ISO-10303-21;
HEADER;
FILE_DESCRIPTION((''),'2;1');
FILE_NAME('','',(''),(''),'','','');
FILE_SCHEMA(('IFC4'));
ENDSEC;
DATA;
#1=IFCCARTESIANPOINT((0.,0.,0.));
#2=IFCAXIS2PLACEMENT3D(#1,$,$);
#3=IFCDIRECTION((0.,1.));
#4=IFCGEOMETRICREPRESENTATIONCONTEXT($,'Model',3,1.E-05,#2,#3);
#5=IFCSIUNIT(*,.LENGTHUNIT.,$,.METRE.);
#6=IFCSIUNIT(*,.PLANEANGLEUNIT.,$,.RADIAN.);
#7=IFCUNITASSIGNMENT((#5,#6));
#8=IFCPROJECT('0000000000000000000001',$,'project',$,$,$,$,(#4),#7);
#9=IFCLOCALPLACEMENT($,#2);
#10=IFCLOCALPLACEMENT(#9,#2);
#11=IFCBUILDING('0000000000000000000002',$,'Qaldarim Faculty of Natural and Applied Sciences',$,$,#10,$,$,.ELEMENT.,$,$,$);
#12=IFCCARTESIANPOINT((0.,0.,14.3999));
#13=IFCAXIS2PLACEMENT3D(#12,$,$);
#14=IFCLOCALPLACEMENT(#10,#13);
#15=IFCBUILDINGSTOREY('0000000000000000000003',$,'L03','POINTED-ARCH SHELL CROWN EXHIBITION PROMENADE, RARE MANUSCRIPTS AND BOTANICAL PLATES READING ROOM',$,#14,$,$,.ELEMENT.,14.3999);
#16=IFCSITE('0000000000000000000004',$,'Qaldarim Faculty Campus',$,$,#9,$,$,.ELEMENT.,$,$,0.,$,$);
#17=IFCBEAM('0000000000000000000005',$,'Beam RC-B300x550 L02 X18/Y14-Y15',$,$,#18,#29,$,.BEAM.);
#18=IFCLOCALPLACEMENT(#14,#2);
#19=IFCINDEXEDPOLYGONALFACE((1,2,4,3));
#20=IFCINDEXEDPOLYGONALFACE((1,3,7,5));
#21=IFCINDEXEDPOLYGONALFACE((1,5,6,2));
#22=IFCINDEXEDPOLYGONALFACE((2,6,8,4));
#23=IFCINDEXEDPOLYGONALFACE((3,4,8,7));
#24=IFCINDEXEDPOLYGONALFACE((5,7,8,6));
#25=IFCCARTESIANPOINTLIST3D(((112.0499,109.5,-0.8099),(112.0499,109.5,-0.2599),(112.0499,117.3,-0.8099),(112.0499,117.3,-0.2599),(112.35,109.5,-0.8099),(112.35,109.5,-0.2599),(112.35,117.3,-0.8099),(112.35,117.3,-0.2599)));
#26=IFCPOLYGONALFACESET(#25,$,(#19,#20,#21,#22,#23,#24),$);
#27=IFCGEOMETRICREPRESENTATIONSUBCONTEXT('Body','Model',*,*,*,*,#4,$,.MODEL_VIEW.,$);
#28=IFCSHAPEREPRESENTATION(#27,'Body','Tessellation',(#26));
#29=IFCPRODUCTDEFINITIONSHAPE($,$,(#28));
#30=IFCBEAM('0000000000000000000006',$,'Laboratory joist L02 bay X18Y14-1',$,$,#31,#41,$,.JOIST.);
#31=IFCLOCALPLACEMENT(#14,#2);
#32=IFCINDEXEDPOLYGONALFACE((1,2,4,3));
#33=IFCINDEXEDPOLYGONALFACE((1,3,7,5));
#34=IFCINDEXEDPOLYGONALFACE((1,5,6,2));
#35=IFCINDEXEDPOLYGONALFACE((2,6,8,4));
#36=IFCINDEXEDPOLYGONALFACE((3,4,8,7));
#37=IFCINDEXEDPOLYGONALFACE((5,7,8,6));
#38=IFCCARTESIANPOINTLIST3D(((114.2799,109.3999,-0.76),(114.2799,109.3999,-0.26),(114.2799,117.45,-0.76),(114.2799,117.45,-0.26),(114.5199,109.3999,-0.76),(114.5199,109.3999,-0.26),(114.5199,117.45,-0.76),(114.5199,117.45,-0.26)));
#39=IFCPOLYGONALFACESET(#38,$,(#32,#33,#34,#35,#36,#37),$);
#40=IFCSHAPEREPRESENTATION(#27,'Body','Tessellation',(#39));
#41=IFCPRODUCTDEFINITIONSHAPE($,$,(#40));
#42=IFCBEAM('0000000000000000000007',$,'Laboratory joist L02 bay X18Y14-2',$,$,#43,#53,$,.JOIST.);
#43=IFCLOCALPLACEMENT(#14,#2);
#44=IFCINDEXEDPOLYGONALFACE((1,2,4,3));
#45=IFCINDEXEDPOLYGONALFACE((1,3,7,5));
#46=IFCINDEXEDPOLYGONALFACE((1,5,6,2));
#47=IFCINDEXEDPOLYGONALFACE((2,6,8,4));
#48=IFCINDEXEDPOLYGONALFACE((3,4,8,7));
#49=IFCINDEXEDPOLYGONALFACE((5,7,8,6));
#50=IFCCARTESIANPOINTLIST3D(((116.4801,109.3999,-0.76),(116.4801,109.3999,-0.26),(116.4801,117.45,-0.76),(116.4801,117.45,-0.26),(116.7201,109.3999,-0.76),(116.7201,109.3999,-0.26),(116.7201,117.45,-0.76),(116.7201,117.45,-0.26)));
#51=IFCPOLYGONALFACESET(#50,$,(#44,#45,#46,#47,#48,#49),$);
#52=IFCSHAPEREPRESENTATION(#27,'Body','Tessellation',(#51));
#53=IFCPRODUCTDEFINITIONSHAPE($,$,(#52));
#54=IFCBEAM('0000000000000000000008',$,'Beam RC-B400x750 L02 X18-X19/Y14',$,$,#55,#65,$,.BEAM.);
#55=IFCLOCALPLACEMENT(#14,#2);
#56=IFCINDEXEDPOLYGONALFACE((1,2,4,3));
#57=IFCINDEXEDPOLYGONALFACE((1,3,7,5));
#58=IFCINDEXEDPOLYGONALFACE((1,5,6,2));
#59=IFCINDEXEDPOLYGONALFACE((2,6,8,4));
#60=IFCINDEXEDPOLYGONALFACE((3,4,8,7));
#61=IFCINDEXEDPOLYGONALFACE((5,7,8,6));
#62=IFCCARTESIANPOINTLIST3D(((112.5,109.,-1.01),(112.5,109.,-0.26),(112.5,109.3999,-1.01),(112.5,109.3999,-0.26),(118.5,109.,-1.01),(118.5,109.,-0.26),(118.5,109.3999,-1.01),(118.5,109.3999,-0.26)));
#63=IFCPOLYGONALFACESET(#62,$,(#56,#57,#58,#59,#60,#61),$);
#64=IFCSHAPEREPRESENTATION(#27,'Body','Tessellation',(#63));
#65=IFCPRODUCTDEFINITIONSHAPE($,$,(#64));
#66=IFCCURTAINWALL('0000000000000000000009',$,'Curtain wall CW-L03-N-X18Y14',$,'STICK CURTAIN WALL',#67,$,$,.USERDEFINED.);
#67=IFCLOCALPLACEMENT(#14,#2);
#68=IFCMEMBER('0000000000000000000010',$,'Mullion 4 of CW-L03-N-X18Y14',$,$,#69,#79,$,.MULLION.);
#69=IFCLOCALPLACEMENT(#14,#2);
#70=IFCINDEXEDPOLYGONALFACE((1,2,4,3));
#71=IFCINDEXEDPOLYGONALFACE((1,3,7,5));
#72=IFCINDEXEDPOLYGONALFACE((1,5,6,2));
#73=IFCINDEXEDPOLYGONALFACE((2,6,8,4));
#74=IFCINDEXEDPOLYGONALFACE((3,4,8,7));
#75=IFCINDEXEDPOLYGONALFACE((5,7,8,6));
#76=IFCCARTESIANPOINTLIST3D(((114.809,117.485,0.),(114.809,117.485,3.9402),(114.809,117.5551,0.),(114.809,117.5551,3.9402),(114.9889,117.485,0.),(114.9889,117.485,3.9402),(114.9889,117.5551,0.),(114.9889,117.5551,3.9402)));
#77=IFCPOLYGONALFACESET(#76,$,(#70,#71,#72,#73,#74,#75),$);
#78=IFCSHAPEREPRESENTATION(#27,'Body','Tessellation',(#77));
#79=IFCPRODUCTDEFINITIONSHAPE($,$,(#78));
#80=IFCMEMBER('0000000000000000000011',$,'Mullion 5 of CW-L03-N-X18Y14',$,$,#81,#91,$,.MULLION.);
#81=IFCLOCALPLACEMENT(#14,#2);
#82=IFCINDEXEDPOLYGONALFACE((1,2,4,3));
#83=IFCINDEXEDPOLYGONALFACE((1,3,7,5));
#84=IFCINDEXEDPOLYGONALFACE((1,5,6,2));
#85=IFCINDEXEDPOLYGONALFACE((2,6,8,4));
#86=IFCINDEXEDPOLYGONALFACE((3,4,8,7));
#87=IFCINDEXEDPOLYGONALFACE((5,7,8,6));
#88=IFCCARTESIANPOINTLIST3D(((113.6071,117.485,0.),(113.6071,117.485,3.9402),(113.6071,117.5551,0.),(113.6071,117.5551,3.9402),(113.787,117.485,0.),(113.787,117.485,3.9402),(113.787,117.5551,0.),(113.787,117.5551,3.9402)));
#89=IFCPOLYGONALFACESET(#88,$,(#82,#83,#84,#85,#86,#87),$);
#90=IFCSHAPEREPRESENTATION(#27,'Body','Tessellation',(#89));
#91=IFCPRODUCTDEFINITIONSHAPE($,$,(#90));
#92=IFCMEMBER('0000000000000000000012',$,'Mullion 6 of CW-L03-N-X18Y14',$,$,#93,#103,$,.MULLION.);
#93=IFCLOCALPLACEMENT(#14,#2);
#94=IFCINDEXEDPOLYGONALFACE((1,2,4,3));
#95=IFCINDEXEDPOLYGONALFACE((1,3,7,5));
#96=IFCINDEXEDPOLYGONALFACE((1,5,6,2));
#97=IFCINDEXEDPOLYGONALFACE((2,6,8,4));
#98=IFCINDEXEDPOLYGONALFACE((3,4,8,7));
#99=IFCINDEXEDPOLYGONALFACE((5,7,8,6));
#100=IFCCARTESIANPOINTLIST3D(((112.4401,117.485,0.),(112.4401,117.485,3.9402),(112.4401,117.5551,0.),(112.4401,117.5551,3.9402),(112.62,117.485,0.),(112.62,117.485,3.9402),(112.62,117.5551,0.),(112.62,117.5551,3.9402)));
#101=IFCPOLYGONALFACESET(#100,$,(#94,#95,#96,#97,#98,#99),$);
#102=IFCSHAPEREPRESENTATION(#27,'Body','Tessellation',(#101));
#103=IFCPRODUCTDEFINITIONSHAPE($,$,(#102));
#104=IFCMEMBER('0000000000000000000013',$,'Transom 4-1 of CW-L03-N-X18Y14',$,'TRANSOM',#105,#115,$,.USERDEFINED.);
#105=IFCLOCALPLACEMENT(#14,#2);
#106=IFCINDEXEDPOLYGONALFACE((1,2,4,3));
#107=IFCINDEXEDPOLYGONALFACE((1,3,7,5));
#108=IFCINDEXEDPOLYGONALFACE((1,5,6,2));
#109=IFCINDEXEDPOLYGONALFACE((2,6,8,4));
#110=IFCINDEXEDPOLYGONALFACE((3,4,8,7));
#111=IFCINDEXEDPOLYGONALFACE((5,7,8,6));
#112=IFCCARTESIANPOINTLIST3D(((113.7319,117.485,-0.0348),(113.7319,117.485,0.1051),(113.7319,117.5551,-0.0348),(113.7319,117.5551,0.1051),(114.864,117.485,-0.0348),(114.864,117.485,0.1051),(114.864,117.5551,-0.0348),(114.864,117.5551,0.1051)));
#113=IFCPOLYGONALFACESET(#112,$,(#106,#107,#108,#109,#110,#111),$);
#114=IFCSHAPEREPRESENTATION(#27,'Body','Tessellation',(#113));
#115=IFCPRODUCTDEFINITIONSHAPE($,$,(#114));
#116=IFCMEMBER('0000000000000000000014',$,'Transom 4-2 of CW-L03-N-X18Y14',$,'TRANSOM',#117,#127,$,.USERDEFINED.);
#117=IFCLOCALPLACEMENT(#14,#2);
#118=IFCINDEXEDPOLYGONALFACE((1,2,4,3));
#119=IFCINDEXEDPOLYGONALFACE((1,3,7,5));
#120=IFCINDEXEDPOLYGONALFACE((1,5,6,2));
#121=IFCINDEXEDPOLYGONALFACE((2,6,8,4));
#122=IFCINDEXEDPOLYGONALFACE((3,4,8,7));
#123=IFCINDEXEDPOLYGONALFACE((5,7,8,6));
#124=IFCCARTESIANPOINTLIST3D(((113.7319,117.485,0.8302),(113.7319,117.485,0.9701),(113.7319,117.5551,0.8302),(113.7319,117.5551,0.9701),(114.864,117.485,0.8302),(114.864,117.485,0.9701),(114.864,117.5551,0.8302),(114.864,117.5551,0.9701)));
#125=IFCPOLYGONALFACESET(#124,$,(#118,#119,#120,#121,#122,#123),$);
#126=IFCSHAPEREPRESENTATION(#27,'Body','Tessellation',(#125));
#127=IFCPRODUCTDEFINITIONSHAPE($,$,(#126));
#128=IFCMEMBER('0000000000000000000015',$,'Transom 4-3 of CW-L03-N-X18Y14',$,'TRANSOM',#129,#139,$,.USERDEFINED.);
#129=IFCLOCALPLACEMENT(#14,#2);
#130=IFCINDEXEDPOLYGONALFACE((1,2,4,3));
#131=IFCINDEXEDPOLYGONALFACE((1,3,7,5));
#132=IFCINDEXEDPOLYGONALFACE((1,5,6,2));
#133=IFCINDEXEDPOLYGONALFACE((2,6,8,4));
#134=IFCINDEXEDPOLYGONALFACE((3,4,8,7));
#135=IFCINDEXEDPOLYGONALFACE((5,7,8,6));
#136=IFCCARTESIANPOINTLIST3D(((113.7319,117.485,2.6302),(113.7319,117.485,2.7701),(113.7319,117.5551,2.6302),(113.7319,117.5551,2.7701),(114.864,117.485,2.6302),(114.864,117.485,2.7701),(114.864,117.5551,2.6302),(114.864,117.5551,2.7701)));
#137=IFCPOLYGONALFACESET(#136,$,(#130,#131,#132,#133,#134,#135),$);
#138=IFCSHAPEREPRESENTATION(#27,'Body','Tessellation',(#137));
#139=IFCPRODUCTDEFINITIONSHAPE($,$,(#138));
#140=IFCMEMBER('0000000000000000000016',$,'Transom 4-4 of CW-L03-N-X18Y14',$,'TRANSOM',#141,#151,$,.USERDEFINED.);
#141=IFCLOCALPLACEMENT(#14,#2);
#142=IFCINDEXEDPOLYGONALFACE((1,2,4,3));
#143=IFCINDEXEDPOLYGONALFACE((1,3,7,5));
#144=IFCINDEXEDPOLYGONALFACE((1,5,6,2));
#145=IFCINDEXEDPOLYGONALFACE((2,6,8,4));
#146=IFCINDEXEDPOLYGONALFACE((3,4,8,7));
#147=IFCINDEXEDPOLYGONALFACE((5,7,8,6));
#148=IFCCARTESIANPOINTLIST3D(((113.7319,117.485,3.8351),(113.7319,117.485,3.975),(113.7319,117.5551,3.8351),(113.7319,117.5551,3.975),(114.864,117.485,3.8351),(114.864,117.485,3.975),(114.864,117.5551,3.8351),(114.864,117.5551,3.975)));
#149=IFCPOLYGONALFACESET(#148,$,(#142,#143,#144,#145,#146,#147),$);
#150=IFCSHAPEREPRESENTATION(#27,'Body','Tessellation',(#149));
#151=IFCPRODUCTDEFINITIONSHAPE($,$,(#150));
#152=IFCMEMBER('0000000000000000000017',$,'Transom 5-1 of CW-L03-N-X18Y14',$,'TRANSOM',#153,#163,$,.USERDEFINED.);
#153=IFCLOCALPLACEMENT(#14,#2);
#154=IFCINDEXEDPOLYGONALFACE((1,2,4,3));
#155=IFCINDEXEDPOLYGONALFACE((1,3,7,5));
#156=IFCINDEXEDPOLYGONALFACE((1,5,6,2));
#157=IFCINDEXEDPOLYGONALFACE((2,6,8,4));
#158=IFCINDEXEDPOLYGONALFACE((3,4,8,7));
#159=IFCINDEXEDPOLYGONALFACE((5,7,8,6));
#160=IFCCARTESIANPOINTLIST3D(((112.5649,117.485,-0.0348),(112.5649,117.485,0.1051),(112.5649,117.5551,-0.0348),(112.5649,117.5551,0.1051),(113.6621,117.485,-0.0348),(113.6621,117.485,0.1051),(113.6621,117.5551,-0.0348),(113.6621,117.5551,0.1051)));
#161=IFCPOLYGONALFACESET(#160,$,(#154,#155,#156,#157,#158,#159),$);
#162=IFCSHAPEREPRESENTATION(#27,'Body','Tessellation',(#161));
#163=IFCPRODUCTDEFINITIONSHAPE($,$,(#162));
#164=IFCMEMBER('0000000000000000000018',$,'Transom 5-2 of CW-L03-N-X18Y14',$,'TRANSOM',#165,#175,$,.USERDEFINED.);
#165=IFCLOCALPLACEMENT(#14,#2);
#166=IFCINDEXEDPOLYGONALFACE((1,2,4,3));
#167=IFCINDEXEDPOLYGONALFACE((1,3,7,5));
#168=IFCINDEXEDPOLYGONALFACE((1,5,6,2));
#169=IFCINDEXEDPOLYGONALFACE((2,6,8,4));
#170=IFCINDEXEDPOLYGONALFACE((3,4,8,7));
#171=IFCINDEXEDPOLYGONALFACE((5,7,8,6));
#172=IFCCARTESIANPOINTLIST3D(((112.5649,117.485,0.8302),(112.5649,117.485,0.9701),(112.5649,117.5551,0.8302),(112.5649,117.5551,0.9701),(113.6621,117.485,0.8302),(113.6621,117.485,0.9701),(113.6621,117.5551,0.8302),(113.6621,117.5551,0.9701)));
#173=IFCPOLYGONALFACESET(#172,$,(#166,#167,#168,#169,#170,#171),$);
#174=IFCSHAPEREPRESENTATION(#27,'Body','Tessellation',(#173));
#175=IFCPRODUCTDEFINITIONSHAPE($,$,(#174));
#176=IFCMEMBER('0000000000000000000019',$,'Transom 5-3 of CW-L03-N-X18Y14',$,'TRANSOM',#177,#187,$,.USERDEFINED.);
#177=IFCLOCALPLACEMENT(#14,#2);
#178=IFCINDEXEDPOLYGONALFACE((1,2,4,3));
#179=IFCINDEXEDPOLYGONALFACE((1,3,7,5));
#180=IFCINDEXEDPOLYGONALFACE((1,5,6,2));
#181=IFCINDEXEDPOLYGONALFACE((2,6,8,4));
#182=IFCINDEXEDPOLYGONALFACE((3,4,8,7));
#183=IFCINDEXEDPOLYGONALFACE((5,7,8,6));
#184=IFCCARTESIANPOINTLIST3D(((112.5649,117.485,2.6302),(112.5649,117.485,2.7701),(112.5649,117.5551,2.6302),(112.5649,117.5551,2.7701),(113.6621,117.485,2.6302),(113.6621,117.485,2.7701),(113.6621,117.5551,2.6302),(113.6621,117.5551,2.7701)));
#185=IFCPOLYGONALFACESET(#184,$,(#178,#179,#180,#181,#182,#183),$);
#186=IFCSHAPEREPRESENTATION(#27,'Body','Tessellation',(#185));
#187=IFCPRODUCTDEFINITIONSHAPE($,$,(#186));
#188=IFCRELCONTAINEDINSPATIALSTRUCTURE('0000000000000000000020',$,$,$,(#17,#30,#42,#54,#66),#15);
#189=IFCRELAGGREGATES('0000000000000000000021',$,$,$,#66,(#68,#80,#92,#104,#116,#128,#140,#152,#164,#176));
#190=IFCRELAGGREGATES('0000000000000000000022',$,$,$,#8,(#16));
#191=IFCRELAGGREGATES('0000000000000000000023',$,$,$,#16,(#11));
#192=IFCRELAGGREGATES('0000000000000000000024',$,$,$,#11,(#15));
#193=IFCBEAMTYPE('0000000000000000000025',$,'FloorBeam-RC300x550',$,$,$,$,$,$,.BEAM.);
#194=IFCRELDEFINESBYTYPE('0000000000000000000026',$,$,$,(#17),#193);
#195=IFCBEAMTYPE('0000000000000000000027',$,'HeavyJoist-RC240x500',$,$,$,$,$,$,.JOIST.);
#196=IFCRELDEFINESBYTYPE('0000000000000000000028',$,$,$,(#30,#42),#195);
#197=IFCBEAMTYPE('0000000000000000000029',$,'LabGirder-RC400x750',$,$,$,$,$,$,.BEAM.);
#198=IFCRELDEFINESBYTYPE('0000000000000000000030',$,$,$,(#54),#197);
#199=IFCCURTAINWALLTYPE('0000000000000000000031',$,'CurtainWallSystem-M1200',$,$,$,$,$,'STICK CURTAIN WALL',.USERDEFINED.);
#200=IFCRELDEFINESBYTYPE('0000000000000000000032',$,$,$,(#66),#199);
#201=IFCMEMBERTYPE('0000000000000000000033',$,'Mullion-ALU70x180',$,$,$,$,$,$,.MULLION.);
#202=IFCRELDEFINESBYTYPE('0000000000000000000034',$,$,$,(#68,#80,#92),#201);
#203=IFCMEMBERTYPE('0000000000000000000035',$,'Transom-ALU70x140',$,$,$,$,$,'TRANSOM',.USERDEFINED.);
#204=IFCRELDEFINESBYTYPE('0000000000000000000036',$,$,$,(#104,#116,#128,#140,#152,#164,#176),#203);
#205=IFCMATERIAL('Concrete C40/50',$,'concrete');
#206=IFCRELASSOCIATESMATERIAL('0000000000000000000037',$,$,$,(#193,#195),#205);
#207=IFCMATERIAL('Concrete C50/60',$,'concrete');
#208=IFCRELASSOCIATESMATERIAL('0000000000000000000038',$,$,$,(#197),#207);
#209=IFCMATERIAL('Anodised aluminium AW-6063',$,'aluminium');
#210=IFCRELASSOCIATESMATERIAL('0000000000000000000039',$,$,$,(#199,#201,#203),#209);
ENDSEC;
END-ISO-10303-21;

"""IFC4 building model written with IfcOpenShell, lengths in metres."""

from ifc_helpers import new_model, si_unit, direction, frame, origin, origin_2d, place, context, subcontext, project, spatial, rectangle, extrude, material, material_profile, profile_set, type_object, element, aggregate, save


model = new_model("IFC4")

# Units and contexts
model_context = context("Model", 3, precision=1e-05, world=origin(), true_north=direction((0.0, 1.0)))
body_context = subcontext(model_context, "Body", "Model", "MODEL_VIEW")
ifc_project = project(units=[si_unit("LENGTHUNIT", "METRE"), si_unit("PLANEANGLEUNIT", "RADIAN")], contexts=[model_context])

# Site, building, storey
site_placement = place(None, origin())
site = spatial("IfcSite", under=ifc_project, at=site_placement, Name="Qaldarim Faculty Campus", CompositionType="ELEMENT", RefElevation=0.0)
building_placement = place(site_placement, origin())
building = spatial("IfcBuilding", under=site, at=building_placement, Name="Qaldarim Faculty of Natural and Applied Sciences", CompositionType="ELEMENT")
storey_placement = place(building_placement, frame((0.0, 0.0, 14.3999)))
storey = spatial("IfcBuildingStorey", under=building, at=storey_placement, Name="L03", Description="POINTED-ARCH SHELL CROWN EXHIBITION PROMENADE, RARE MANUSCRIPTS AND BOTANICAL PLATES READING ROOM", CompositionType="ELEMENT", Elevation=14.3999)

# Beams
ifc_material_1 = material(Name="Concrete C40/50", Category="concrete")
ifc_material_profile_1 = material_profile(ifc_material_1, rectangle(XDim=0.3, YDim=0.55, at=origin_2d()), Name="RC-B300x550")
ifc_profile_set_1 = profile_set([ifc_material_profile_1], Name="Concrete C40/50")
beam_type_1 = type_object("IfcBeamType", Name="FloorBeam-RC300x550", PredefinedType="BEAM", material=ifc_profile_set_1)
beam_1_placement = place(storey_placement, frame((112.2, 109.5, -0.5349), z_axis=(0.0, 1.0, 0.0), x_axis=(-1.0, 0.0, 0.0)))
element("IfcBeam", 1, at=beam_1_placement, inside=storey, type_object=beam_type_1, Name="Beam RC-B300x550 L02 X18/Y14-Y15", PredefinedType="BEAM", context=body_context, shape_type="SweptSolid", body=[
    extrude(rectangle(XDim=0.3, YDim=0.55, at=origin_2d()), origin(), (0.0, 0.0, 1.0), 7.8),
])
ifc_material_profile_2 = material_profile(ifc_material_1, rectangle(XDim=0.24, YDim=0.5, at=origin_2d()), Name="RC-J240x500")
ifc_profile_set_2 = profile_set([ifc_material_profile_2], Name="Concrete C40/50")
beam_type_2 = type_object("IfcBeamType", Name="HeavyJoist-RC240x500", PredefinedType="JOIST", material=ifc_profile_set_2)
for number, where, z_axis, x_axis, name in (
    (2, (114.3999, 109.3999, -0.51), (0.0, 1.0, 0.0), (-1.0, 0.0, 0.0), "Laboratory joist L02 bay X18Y14-1"),
    (3, (116.6001, 109.3999, -0.51), (0.0, 1.0, 0.0), (-1.0, 0.0, 0.0), "Laboratory joist L02 bay X18Y14-2"),
):
    element("IfcBeam", number, at=place(storey_placement, frame(where, z_axis=z_axis, x_axis=x_axis)), inside=storey, type_object=beam_type_2, Name=name, PredefinedType="JOIST", context=body_context, shape_type="SweptSolid", body=[
        extrude(rectangle(XDim=0.24, YDim=0.5, at=origin_2d()), origin(), (0.0, 0.0, 1.0), 8.05),
    ])
ifc_material_2 = material(Name="Concrete C50/60", Category="concrete")
ifc_material_profile_3 = material_profile(ifc_material_2, rectangle(XDim=0.3999, YDim=0.75, at=origin_2d()), Name="RC-B400x750")
ifc_profile_set_3 = profile_set([ifc_material_profile_3], Name="Concrete C50/60")
beam_type_3 = type_object("IfcBeamType", Name="LabGirder-RC400x750", PredefinedType="BEAM", material=ifc_profile_set_3)
beam_2_placement = place(storey_placement, frame((112.5, 109.2, -0.635), z_axis=(1.0, 0.0, 0.0), x_axis=(0.0, 1.0, 0.0)))
element("IfcBeam", 4, at=beam_2_placement, inside=storey, type_object=beam_type_3, Name="Beam RC-B400x750 L02 X18-X19/Y14", PredefinedType="BEAM", context=body_context, shape_type="SweptSolid", body=[
    extrude(rectangle(XDim=0.3999, YDim=0.75, at=origin_2d()), origin(), (0.0, 0.0, 1.0), 6.0),
])

# Curtain wall, members
ifc_material_3 = material(Name="Anodised aluminium AW-6063", Category="aluminium")
curtain_wall_type = type_object("IfcCurtainWallType", Name="CurtainWallSystem-M1200", ElementType="STICK CURTAIN WALL", PredefinedType="USERDEFINED", material=ifc_material_3)
curtain_wall_placement = place(storey_placement, origin())
curtain_wall = element("IfcCurtainWall", 5, at=curtain_wall_placement, inside=storey, type_object=curtain_wall_type, Name="Curtain wall CW-L03-N-X18Y14", ObjectType="STICK CURTAIN WALL", PredefinedType="USERDEFINED")
ifc_material_profile_4 = material_profile(ifc_material_3, rectangle(XDim=0.0701, YDim=0.1799, at=origin_2d()), Name="ALU-M70x180")
ifc_profile_set_4 = profile_set([ifc_material_profile_4], Name="Anodised aluminium AW-6063")
member_type_1 = type_object("IfcMemberType", Name="Mullion-ALU70x180", PredefinedType="MULLION", material=ifc_profile_set_4)
member_1_placement = place(storey_placement, frame((114.8989, 117.52, 0.0), z_axis=(0.0, 0.0, 1.0), x_axis=(0.0, -1.0, 0.0)))
member_1 = element("IfcMember", 6, at=member_1_placement, type_object=member_type_1, Name="Mullion 4 of CW-L03-N-X18Y14", PredefinedType="MULLION", context=body_context, shape_type="SweptSolid", body=[
    extrude(rectangle(XDim=0.0701, YDim=0.1799, at=origin_2d()), origin(), (0.0, 0.0, 1.0), 3.9402),
])
member_2_placement = place(storey_placement, frame((113.697, 117.52, 0.0), z_axis=(0.0, 0.0, 1.0), x_axis=(0.0, -1.0, 0.0)))
member_2 = element("IfcMember", 7, at=member_2_placement, type_object=member_type_1, Name="Mullion 5 of CW-L03-N-X18Y14", PredefinedType="MULLION", context=body_context, shape_type="SweptSolid", body=[
    extrude(rectangle(XDim=0.0701, YDim=0.1799, at=origin_2d()), origin(), (0.0, 0.0, 1.0), 3.9402),
])
member_3_placement = place(storey_placement, frame((112.53, 117.52, 0.0), z_axis=(0.0, 0.0, 1.0), x_axis=(0.0, -1.0, 0.0)))
member_3 = element("IfcMember", 8, at=member_3_placement, type_object=member_type_1, Name="Mullion 6 of CW-L03-N-X18Y14", PredefinedType="MULLION", context=body_context, shape_type="SweptSolid", body=[
    extrude(rectangle(XDim=0.0701, YDim=0.1799, at=origin_2d()), origin(), (0.0, 0.0, 1.0), 3.9402),
])
ifc_material_profile_5 = material_profile(ifc_material_3, rectangle(XDim=0.0701, YDim=0.1399, at=origin_2d()), Name="ALU-T70x140")
ifc_profile_set_5 = profile_set([ifc_material_profile_5], Name="Anodised aluminium AW-6063")
member_type_2 = type_object("IfcMemberType", Name="Transom-ALU70x140", ElementType="TRANSOM", PredefinedType="USERDEFINED", material=ifc_profile_set_5)
member_4_placement = place(storey_placement, frame((114.864, 117.52, 0.0352), z_axis=(-1.0, 0.0, 0.0), x_axis=(0.0, -1.0, 0.0)))
member_4 = element("IfcMember", 9, at=member_4_placement, type_object=member_type_2, Name="Transom 4-1 of CW-L03-N-X18Y14", ObjectType="TRANSOM", PredefinedType="USERDEFINED", context=body_context, shape_type="SweptSolid", body=[
    extrude(rectangle(XDim=0.0701, YDim=0.1399, at=origin_2d()), origin(), (0.0, 0.0, 1.0), 1.1321),
])
member_5_placement = place(storey_placement, frame((114.864, 117.52, 0.9001), z_axis=(-1.0, 0.0, 0.0), x_axis=(0.0, -1.0, 0.0)))
member_5 = element("IfcMember", 10, at=member_5_placement, type_object=member_type_2, Name="Transom 4-2 of CW-L03-N-X18Y14", ObjectType="TRANSOM", PredefinedType="USERDEFINED", context=body_context, shape_type="SweptSolid", body=[
    extrude(rectangle(XDim=0.0701, YDim=0.1399, at=origin_2d()), origin(), (0.0, 0.0, 1.0), 1.1321),
])
member_6_placement = place(storey_placement, frame((114.864, 117.52, 2.7002), z_axis=(-1.0, 0.0, 0.0), x_axis=(0.0, -1.0, 0.0)))
member_6 = element("IfcMember", 11, at=member_6_placement, type_object=member_type_2, Name="Transom 4-3 of CW-L03-N-X18Y14", ObjectType="TRANSOM", PredefinedType="USERDEFINED", context=body_context, shape_type="SweptSolid", body=[
    extrude(rectangle(XDim=0.0701, YDim=0.1399, at=origin_2d()), origin(), (0.0, 0.0, 1.0), 1.1321),
])
member_7_placement = place(storey_placement, frame((114.864, 117.52, 3.905), z_axis=(-1.0, 0.0, 0.0), x_axis=(0.0, -1.0, 0.0)))
member_7 = element("IfcMember", 12, at=member_7_placement, type_object=member_type_2, Name="Transom 4-4 of CW-L03-N-X18Y14", ObjectType="TRANSOM", PredefinedType="USERDEFINED", context=body_context, shape_type="SweptSolid", body=[
    extrude(rectangle(XDim=0.0701, YDim=0.1399, at=origin_2d()), origin(), (0.0, 0.0, 1.0), 1.1321),
])
member_8_placement = place(storey_placement, frame((113.6621, 117.52, 0.0352), z_axis=(-1.0, 0.0, 0.0), x_axis=(0.0, -1.0, 0.0)))
member_8 = element("IfcMember", 13, at=member_8_placement, type_object=member_type_2, Name="Transom 5-1 of CW-L03-N-X18Y14", ObjectType="TRANSOM", PredefinedType="USERDEFINED", context=body_context, shape_type="SweptSolid", body=[
    extrude(rectangle(XDim=0.0701, YDim=0.1399, at=origin_2d()), origin(), (0.0, 0.0, 1.0), 1.0972),
])
member_9_placement = place(storey_placement, frame((113.6621, 117.52, 0.9001), z_axis=(-1.0, 0.0, 0.0), x_axis=(0.0, -1.0, 0.0)))
member_9 = element("IfcMember", 14, at=member_9_placement, type_object=member_type_2, Name="Transom 5-2 of CW-L03-N-X18Y14", ObjectType="TRANSOM", PredefinedType="USERDEFINED", context=body_context, shape_type="SweptSolid", body=[
    extrude(rectangle(XDim=0.0701, YDim=0.1399, at=origin_2d()), origin(), (0.0, 0.0, 1.0), 1.0972),
])
member_10_placement = place(storey_placement, frame((113.6621, 117.52, 2.7002), z_axis=(-1.0, 0.0, 0.0), x_axis=(0.0, -1.0, 0.0)))
member_10 = element("IfcMember", 15, at=member_10_placement, type_object=member_type_2, Name="Transom 5-3 of CW-L03-N-X18Y14", ObjectType="TRANSOM", PredefinedType="USERDEFINED", context=body_context, shape_type="SweptSolid", body=[
    extrude(rectangle(XDim=0.0701, YDim=0.1399, at=origin_2d()), origin(), (0.0, 0.0, 1.0), 1.0972),
])
aggregate(curtain_wall, [member_1, member_2, member_3, member_4, member_5, member_6, member_7, member_8, member_9, member_10])

save(model, "model.ifc")
